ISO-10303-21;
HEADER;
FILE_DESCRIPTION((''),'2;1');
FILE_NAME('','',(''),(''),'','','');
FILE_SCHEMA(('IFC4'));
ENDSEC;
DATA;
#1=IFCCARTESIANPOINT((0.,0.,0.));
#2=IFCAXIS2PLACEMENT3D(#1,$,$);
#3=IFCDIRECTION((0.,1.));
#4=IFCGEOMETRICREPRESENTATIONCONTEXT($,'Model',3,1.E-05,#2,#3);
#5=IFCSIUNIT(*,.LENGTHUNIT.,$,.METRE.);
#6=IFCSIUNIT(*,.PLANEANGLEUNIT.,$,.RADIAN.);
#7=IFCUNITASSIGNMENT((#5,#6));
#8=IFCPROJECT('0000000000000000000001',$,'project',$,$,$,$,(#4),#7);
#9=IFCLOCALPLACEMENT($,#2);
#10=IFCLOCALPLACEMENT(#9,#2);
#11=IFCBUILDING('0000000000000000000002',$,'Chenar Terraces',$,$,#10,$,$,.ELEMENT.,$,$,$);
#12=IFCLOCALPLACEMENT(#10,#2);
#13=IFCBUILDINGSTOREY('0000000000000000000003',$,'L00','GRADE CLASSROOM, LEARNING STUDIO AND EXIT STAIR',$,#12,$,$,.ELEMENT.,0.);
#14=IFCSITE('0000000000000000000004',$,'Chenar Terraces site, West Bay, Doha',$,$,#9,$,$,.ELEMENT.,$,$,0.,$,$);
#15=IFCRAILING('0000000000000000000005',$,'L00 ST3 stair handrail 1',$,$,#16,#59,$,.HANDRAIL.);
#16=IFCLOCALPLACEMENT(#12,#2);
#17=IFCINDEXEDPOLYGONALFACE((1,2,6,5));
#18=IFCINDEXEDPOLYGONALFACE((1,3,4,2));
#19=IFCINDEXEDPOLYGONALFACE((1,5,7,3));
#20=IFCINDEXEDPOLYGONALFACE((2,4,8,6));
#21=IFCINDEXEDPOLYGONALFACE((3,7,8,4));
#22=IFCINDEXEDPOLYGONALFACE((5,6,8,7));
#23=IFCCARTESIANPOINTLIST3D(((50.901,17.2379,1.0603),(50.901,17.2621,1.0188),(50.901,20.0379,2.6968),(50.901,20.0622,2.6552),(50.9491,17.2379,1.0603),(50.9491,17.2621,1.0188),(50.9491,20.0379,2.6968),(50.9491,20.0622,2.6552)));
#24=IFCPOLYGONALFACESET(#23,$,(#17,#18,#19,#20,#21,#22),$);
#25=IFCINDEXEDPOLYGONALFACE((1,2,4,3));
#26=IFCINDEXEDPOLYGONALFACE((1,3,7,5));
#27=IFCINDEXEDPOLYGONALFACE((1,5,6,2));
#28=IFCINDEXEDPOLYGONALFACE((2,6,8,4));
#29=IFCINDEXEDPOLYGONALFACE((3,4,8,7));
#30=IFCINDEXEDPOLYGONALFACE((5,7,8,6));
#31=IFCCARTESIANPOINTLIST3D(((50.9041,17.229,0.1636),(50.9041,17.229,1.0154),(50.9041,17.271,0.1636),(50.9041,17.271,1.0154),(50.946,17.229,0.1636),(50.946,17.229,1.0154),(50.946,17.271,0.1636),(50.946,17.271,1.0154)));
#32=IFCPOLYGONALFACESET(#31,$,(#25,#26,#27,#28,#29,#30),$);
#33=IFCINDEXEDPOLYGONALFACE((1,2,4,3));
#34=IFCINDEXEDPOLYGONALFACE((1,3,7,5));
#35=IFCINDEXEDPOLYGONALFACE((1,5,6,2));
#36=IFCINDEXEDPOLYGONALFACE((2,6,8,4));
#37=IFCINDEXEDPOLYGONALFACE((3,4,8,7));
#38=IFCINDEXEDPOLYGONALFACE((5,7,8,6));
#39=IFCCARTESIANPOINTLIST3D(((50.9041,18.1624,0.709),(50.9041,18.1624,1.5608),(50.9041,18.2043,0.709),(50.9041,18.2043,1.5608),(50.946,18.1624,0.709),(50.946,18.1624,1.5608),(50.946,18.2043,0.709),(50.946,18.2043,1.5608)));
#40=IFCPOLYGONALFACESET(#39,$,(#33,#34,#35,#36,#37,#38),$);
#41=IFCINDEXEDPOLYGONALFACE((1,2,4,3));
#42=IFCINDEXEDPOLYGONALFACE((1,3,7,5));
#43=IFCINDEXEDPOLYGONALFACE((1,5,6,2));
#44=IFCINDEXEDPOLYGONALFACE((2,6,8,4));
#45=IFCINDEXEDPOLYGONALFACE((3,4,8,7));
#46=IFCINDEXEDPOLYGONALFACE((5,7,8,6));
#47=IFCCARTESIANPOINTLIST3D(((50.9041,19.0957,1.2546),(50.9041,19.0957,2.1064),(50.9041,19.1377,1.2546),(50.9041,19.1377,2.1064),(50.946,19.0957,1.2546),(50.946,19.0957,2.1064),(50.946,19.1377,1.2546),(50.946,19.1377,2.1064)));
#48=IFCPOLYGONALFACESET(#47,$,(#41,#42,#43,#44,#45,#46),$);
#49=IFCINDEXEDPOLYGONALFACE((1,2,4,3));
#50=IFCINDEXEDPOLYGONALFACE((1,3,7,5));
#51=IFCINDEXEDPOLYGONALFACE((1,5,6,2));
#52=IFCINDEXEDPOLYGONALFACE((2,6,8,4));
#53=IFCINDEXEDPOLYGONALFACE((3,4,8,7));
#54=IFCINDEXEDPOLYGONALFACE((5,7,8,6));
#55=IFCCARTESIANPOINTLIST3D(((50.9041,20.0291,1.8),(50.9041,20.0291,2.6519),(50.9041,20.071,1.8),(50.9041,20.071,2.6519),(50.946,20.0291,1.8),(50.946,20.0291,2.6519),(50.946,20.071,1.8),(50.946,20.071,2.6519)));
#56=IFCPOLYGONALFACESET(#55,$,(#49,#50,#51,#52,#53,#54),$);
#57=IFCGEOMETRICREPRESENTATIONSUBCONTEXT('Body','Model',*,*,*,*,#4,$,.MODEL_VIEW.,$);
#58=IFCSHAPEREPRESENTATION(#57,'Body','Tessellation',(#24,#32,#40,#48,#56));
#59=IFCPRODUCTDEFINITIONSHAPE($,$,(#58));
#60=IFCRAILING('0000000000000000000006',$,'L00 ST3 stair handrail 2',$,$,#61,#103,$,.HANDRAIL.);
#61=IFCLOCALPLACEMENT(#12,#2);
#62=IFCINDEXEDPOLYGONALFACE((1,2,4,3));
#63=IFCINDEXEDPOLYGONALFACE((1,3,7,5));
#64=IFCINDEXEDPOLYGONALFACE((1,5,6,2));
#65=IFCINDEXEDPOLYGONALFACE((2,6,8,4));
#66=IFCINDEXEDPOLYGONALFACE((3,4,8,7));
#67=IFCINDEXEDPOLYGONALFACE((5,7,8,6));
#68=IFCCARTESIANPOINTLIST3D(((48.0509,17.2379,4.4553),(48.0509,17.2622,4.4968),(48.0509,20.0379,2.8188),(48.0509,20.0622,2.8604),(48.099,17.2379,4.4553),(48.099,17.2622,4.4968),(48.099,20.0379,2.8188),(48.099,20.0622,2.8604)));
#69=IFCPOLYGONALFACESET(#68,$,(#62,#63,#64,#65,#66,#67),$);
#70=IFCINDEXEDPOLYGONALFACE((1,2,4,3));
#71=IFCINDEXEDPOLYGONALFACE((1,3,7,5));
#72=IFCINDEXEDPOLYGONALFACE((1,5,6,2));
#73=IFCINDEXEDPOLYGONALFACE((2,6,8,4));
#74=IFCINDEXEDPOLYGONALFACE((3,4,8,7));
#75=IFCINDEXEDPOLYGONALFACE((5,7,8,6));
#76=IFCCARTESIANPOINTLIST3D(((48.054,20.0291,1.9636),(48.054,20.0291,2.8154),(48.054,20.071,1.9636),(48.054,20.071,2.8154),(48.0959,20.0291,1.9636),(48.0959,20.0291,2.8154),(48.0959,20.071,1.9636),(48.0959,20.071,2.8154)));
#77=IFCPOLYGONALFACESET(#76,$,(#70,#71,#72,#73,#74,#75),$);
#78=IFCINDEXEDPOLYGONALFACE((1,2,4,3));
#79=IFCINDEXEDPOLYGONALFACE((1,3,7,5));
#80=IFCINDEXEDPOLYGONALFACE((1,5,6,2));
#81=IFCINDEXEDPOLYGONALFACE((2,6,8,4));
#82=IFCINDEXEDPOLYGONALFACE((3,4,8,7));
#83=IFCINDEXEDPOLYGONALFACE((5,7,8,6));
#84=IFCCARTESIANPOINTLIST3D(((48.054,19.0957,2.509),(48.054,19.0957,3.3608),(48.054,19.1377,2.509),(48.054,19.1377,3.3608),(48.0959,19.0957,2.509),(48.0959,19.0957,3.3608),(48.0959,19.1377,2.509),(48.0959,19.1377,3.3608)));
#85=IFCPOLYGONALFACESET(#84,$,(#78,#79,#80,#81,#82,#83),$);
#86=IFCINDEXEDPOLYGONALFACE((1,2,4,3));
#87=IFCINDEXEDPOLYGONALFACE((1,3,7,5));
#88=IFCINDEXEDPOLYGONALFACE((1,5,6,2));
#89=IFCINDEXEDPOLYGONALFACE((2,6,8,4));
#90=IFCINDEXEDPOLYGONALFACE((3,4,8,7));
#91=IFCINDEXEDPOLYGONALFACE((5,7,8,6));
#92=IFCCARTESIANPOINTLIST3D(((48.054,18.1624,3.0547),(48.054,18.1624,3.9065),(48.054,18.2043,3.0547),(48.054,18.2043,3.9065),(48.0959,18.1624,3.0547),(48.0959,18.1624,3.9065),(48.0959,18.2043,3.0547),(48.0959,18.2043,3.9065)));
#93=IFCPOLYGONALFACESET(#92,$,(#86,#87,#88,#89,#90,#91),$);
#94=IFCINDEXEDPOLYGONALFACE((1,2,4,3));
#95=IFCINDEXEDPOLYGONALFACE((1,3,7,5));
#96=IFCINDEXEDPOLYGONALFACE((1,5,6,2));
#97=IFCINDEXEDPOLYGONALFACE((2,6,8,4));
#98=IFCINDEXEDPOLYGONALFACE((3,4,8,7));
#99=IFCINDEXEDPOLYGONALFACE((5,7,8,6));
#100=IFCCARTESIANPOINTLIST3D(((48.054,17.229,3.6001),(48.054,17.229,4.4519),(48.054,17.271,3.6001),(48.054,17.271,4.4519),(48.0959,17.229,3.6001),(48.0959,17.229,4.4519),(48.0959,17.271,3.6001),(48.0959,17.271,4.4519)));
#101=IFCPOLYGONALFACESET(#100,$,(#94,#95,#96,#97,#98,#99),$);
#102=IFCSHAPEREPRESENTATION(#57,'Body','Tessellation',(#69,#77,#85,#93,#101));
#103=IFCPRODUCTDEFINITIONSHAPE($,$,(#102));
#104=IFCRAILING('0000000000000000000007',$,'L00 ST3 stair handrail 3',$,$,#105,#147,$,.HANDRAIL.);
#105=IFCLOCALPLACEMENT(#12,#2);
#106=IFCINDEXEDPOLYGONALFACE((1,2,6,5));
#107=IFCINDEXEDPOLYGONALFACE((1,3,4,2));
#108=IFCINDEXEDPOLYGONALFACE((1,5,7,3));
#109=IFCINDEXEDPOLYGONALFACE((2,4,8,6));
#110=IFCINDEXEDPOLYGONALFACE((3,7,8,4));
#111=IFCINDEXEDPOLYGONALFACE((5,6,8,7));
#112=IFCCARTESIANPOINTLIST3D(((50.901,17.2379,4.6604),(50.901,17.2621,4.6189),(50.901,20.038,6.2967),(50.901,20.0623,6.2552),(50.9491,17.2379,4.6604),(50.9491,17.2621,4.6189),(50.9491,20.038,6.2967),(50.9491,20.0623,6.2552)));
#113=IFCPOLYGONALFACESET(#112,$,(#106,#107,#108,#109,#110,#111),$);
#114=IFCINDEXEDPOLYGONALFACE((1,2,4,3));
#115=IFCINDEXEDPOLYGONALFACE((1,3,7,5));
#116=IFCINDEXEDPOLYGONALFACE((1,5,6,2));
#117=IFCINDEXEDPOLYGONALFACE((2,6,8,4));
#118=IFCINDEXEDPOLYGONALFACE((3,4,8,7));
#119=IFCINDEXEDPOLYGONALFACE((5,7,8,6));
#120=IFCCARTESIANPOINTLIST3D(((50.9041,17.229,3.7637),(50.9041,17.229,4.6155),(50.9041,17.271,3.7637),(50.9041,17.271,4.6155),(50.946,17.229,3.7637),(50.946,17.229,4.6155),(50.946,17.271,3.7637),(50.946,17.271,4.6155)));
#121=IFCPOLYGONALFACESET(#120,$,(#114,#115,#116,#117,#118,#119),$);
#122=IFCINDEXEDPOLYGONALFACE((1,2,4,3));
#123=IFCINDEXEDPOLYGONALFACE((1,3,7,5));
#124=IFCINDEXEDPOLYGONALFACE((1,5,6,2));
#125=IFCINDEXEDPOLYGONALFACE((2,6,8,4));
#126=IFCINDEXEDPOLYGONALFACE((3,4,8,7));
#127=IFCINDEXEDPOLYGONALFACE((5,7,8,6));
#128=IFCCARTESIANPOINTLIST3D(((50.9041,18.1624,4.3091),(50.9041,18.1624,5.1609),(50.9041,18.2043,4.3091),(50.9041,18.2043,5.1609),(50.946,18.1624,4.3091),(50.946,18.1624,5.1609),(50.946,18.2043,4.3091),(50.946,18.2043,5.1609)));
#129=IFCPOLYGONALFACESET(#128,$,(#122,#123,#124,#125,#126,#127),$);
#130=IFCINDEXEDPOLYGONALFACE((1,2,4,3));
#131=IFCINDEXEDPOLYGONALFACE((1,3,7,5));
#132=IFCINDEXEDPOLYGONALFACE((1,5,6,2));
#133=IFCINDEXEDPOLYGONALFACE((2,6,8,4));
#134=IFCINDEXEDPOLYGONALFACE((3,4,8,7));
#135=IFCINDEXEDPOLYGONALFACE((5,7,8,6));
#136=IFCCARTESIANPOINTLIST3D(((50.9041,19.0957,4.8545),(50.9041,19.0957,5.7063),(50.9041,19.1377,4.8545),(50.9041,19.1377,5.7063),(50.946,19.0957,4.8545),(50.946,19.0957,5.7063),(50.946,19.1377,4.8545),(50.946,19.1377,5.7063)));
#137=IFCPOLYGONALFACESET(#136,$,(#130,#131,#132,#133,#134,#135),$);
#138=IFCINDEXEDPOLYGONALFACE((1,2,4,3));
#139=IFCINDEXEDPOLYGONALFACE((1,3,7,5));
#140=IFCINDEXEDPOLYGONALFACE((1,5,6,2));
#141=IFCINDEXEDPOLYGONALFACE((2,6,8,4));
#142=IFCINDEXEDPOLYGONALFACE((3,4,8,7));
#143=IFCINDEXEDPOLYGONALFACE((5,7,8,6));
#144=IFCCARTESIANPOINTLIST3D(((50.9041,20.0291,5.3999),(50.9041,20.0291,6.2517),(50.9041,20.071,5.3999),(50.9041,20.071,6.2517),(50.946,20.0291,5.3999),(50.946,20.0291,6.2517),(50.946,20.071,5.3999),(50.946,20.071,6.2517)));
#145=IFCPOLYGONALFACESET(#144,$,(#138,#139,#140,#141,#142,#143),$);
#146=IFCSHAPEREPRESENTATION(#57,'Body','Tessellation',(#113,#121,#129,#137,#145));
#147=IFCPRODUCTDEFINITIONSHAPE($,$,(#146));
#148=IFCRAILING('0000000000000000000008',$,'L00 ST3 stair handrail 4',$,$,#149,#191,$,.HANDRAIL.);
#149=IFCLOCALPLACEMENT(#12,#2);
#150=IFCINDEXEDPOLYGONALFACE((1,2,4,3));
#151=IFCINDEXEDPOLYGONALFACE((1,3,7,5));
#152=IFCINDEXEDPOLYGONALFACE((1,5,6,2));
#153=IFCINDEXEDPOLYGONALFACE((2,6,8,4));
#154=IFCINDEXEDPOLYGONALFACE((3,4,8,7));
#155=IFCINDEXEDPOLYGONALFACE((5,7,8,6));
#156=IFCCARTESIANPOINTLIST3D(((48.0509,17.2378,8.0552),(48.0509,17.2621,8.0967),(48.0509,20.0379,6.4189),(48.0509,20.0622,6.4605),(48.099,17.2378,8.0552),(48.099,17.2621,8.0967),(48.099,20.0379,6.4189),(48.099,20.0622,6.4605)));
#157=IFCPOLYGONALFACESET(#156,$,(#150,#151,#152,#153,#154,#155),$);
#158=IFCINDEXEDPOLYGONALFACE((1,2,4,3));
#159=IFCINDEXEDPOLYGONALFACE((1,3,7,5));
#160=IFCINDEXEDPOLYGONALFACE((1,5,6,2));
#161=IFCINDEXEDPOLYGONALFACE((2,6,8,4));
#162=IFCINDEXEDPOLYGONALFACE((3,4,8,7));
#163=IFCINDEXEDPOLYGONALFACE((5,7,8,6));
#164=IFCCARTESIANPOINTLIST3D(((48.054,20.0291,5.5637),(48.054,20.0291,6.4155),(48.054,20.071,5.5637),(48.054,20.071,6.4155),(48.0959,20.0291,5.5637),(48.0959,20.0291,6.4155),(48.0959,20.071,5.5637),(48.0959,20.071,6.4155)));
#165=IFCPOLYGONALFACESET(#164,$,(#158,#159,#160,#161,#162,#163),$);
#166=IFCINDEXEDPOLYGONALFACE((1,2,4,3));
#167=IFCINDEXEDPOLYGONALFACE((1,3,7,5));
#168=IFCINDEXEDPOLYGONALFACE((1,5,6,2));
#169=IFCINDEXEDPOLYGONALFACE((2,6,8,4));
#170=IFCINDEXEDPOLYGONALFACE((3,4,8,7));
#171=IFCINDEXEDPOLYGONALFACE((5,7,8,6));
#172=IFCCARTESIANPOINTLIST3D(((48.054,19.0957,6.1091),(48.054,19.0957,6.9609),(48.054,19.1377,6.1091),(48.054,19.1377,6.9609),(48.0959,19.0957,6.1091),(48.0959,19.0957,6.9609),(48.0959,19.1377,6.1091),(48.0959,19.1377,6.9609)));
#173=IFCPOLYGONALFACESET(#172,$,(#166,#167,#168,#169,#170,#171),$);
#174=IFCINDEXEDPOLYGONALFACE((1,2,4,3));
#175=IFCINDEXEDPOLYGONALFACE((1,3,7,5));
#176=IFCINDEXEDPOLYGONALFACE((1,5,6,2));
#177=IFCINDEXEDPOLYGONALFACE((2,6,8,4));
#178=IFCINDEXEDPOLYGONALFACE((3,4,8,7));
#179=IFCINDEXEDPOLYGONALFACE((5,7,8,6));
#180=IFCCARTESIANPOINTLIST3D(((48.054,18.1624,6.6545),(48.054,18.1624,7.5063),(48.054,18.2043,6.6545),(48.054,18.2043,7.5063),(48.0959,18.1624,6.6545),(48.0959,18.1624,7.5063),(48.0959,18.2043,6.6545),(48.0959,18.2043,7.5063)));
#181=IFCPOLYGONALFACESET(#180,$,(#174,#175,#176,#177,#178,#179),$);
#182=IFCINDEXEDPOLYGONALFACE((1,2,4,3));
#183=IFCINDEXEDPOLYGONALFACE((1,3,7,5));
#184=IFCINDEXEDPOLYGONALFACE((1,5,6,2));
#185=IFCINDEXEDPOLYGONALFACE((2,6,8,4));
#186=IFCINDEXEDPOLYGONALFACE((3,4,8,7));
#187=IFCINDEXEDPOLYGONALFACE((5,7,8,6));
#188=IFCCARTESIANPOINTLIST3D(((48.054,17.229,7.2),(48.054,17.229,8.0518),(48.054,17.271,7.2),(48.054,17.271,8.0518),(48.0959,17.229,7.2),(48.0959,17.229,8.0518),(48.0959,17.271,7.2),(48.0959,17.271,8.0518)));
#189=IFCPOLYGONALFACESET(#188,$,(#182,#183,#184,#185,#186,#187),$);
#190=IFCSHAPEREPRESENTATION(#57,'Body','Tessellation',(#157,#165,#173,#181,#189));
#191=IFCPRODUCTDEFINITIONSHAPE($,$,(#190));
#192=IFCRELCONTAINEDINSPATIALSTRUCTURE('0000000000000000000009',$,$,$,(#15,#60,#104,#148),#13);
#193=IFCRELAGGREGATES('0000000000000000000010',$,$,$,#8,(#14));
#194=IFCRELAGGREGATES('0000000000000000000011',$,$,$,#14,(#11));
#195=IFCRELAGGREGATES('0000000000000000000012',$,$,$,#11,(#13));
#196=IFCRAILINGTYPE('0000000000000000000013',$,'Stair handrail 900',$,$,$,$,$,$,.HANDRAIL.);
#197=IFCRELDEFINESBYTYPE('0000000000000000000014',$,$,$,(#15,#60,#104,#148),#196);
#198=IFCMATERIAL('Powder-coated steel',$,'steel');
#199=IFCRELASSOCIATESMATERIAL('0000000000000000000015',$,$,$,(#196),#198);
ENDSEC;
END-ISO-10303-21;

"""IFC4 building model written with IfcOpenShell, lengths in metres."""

from ifc_helpers import new_model, si_unit, direction, frame, origin, origin_2d, place, context, subcontext, project, spatial, rectangle, extrude, material, type_object, element, save


model = new_model("IFC4")

# Units and contexts
model_context = context("Model", 3, precision=1e-05, world=origin(), true_north=direction((0.0, 1.0)))
body_context = subcontext(model_context, "Body", "Model", "MODEL_VIEW")
ifc_project = project(units=[si_unit("LENGTHUNIT", "METRE"), si_unit("PLANEANGLEUNIT", "RADIAN")], contexts=[model_context])

# Site, building, storey
site_placement = place(None, origin())
site = spatial("IfcSite", under=ifc_project, at=site_placement, Name="Chenar Terraces site, West Bay, Doha", CompositionType="ELEMENT", RefElevation=0.0)
building_placement = place(site_placement, origin())
building = spatial("IfcBuilding", under=site, at=building_placement, Name="Chenar Terraces", CompositionType="ELEMENT")
storey_placement = place(building_placement, origin())
storey = spatial("IfcBuildingStorey", under=building, at=storey_placement, Name="L00", Description="GRADE CLASSROOM, LEARNING STUDIO AND EXIT STAIR", CompositionType="ELEMENT", Elevation=0.0)

# Railings
ifc_material_1 = material(Name="Powder-coated steel", Category="steel")
railing_type_1 = type_object("IfcRailingType", Name="Stair handrail 900", PredefinedType="HANDRAIL", material=ifc_material_1)
railing_1_placement = place(storey_placement, frame((50.925, 17.25, 0.1636)))
element("IfcRailing", 1, at=railing_1_placement, inside=storey, type_object=railing_type_1, Name="L00 ST3 stair handrail 1", PredefinedType="HANDRAIL", context=body_context, shape_type="SweptSolid", body=[
    extrude(rectangle(XDim=0.0481, YDim=0.0481, at=origin_2d()), frame((0.0, 0.0, 0.876), z_axis=(0.0, 0.863361, 0.504587), x_axis=(-1.0, 0.0, 0.0)), (0.0, 0.0, 1.0), 3.2432),
    extrude(rectangle(XDim=0.042, YDim=0.042, at=origin_2d()), origin(), (0.0, 0.0, 1.0), 0.8518),
    extrude(rectangle(XDim=0.042, YDim=0.042, at=origin_2d()), frame((0.0, 0.9333, 0.5454)), (0.0, 0.0, 1.0), 0.8518),
    extrude(rectangle(XDim=0.042, YDim=0.042, at=origin_2d()), frame((0.0, 1.8667, 1.0911)), (0.0, 0.0, 1.0), 0.8518),
    extrude(rectangle(XDim=0.042, YDim=0.042, at=origin_2d()), frame((0.0, 2.8, 1.6365)), (0.0, 0.0, 1.0), 0.8518),
])
railing_2_placement = place(storey_placement, frame((48.075, 20.05, 1.9636)))
element("IfcRailing", 2, at=railing_2_placement, inside=storey, type_object=railing_type_1, Name="L00 ST3 stair handrail 2", PredefinedType="HANDRAIL", context=body_context, shape_type="SweptSolid", body=[
    extrude(rectangle(XDim=0.0481, YDim=0.0481, at=origin_2d()), frame((0.0, 0.0, 0.876), z_axis=(0.0, -0.863361, 0.504587), x_axis=(1.0, 0.0, 0.0)), (0.0, 0.0, 1.0), 3.2432),
    extrude(rectangle(XDim=0.042, YDim=0.042, at=origin_2d()), origin(), (0.0, 0.0, 1.0), 0.8518),
    extrude(rectangle(XDim=0.042, YDim=0.042, at=origin_2d()), frame((0.0, -0.9333, 0.5454)), (0.0, 0.0, 1.0), 0.8518),
    extrude(rectangle(XDim=0.042, YDim=0.042, at=origin_2d()), frame((0.0, -1.8667, 1.0911)), (0.0, 0.0, 1.0), 0.8518),
    extrude(rectangle(XDim=0.042, YDim=0.042, at=origin_2d()), frame((0.0, -2.8, 1.6365)), (0.0, 0.0, 1.0), 0.8518),
])
railing_3_placement = place(storey_placement, frame((50.925, 17.25, 3.7637)))
element("IfcRailing", 3, at=railing_3_placement, inside=storey, type_object=railing_type_1, Name="L00 ST3 stair handrail 3", PredefinedType="HANDRAIL", context=body_context, shape_type="SweptSolid", body=[
    extrude(rectangle(XDim=0.0481, YDim=0.0481, at=origin_2d()), frame((0.0, 0.0, 0.876), z_axis=(0.0, 0.863394, 0.504531), x_axis=(-1.0, 0.0, 0.0)), (0.0, 0.0, 1.0), 3.2432),
    extrude(rectangle(XDim=0.042, YDim=0.042, at=origin_2d()), origin(), (0.0, 0.0, 1.0), 0.8518),
    extrude(rectangle(XDim=0.042, YDim=0.042, at=origin_2d()), frame((0.0, 0.9333, 0.5454)), (0.0, 0.0, 1.0), 0.8518),
    extrude(rectangle(XDim=0.042, YDim=0.042, at=origin_2d()), frame((0.0, 1.8667, 1.0908)), (0.0, 0.0, 1.0), 0.8518),
    extrude(rectangle(XDim=0.042, YDim=0.042, at=origin_2d()), frame((0.0, 2.8, 1.6362)), (0.0, 0.0, 1.0), 0.8518),
])
railing_4_placement = place(storey_placement, frame((48.075, 20.05, 5.5637)))
element("IfcRailing", 4, at=railing_4_placement, inside=storey, type_object=railing_type_1, Name="L00 ST3 stair handrail 4", PredefinedType="HANDRAIL", context=body_context, shape_type="SweptSolid", body=[
    extrude(rectangle(XDim=0.0481, YDim=0.0481, at=origin_2d()), frame((0.0, 0.0, 0.876), z_axis=(0.0, -0.863394, 0.504531), x_axis=(1.0, 0.0, 0.0)), (0.0, 0.0, 1.0), 3.2432),
    extrude(rectangle(XDim=0.042, YDim=0.042, at=origin_2d()), origin(), (0.0, 0.0, 1.0), 0.8518),
    extrude(rectangle(XDim=0.042, YDim=0.042, at=origin_2d()), frame((0.0, -0.9333, 0.5454)), (0.0, 0.0, 1.0), 0.8518),
    extrude(rectangle(XDim=0.042, YDim=0.042, at=origin_2d()), frame((0.0, -1.8667, 1.0908)), (0.0, 0.0, 1.0), 0.8518),
    extrude(rectangle(XDim=0.042, YDim=0.042, at=origin_2d()), frame((0.0, -2.8, 1.6362)), (0.0, 0.0, 1.0), 0.8518),
])

save(model, "model.ifc")
